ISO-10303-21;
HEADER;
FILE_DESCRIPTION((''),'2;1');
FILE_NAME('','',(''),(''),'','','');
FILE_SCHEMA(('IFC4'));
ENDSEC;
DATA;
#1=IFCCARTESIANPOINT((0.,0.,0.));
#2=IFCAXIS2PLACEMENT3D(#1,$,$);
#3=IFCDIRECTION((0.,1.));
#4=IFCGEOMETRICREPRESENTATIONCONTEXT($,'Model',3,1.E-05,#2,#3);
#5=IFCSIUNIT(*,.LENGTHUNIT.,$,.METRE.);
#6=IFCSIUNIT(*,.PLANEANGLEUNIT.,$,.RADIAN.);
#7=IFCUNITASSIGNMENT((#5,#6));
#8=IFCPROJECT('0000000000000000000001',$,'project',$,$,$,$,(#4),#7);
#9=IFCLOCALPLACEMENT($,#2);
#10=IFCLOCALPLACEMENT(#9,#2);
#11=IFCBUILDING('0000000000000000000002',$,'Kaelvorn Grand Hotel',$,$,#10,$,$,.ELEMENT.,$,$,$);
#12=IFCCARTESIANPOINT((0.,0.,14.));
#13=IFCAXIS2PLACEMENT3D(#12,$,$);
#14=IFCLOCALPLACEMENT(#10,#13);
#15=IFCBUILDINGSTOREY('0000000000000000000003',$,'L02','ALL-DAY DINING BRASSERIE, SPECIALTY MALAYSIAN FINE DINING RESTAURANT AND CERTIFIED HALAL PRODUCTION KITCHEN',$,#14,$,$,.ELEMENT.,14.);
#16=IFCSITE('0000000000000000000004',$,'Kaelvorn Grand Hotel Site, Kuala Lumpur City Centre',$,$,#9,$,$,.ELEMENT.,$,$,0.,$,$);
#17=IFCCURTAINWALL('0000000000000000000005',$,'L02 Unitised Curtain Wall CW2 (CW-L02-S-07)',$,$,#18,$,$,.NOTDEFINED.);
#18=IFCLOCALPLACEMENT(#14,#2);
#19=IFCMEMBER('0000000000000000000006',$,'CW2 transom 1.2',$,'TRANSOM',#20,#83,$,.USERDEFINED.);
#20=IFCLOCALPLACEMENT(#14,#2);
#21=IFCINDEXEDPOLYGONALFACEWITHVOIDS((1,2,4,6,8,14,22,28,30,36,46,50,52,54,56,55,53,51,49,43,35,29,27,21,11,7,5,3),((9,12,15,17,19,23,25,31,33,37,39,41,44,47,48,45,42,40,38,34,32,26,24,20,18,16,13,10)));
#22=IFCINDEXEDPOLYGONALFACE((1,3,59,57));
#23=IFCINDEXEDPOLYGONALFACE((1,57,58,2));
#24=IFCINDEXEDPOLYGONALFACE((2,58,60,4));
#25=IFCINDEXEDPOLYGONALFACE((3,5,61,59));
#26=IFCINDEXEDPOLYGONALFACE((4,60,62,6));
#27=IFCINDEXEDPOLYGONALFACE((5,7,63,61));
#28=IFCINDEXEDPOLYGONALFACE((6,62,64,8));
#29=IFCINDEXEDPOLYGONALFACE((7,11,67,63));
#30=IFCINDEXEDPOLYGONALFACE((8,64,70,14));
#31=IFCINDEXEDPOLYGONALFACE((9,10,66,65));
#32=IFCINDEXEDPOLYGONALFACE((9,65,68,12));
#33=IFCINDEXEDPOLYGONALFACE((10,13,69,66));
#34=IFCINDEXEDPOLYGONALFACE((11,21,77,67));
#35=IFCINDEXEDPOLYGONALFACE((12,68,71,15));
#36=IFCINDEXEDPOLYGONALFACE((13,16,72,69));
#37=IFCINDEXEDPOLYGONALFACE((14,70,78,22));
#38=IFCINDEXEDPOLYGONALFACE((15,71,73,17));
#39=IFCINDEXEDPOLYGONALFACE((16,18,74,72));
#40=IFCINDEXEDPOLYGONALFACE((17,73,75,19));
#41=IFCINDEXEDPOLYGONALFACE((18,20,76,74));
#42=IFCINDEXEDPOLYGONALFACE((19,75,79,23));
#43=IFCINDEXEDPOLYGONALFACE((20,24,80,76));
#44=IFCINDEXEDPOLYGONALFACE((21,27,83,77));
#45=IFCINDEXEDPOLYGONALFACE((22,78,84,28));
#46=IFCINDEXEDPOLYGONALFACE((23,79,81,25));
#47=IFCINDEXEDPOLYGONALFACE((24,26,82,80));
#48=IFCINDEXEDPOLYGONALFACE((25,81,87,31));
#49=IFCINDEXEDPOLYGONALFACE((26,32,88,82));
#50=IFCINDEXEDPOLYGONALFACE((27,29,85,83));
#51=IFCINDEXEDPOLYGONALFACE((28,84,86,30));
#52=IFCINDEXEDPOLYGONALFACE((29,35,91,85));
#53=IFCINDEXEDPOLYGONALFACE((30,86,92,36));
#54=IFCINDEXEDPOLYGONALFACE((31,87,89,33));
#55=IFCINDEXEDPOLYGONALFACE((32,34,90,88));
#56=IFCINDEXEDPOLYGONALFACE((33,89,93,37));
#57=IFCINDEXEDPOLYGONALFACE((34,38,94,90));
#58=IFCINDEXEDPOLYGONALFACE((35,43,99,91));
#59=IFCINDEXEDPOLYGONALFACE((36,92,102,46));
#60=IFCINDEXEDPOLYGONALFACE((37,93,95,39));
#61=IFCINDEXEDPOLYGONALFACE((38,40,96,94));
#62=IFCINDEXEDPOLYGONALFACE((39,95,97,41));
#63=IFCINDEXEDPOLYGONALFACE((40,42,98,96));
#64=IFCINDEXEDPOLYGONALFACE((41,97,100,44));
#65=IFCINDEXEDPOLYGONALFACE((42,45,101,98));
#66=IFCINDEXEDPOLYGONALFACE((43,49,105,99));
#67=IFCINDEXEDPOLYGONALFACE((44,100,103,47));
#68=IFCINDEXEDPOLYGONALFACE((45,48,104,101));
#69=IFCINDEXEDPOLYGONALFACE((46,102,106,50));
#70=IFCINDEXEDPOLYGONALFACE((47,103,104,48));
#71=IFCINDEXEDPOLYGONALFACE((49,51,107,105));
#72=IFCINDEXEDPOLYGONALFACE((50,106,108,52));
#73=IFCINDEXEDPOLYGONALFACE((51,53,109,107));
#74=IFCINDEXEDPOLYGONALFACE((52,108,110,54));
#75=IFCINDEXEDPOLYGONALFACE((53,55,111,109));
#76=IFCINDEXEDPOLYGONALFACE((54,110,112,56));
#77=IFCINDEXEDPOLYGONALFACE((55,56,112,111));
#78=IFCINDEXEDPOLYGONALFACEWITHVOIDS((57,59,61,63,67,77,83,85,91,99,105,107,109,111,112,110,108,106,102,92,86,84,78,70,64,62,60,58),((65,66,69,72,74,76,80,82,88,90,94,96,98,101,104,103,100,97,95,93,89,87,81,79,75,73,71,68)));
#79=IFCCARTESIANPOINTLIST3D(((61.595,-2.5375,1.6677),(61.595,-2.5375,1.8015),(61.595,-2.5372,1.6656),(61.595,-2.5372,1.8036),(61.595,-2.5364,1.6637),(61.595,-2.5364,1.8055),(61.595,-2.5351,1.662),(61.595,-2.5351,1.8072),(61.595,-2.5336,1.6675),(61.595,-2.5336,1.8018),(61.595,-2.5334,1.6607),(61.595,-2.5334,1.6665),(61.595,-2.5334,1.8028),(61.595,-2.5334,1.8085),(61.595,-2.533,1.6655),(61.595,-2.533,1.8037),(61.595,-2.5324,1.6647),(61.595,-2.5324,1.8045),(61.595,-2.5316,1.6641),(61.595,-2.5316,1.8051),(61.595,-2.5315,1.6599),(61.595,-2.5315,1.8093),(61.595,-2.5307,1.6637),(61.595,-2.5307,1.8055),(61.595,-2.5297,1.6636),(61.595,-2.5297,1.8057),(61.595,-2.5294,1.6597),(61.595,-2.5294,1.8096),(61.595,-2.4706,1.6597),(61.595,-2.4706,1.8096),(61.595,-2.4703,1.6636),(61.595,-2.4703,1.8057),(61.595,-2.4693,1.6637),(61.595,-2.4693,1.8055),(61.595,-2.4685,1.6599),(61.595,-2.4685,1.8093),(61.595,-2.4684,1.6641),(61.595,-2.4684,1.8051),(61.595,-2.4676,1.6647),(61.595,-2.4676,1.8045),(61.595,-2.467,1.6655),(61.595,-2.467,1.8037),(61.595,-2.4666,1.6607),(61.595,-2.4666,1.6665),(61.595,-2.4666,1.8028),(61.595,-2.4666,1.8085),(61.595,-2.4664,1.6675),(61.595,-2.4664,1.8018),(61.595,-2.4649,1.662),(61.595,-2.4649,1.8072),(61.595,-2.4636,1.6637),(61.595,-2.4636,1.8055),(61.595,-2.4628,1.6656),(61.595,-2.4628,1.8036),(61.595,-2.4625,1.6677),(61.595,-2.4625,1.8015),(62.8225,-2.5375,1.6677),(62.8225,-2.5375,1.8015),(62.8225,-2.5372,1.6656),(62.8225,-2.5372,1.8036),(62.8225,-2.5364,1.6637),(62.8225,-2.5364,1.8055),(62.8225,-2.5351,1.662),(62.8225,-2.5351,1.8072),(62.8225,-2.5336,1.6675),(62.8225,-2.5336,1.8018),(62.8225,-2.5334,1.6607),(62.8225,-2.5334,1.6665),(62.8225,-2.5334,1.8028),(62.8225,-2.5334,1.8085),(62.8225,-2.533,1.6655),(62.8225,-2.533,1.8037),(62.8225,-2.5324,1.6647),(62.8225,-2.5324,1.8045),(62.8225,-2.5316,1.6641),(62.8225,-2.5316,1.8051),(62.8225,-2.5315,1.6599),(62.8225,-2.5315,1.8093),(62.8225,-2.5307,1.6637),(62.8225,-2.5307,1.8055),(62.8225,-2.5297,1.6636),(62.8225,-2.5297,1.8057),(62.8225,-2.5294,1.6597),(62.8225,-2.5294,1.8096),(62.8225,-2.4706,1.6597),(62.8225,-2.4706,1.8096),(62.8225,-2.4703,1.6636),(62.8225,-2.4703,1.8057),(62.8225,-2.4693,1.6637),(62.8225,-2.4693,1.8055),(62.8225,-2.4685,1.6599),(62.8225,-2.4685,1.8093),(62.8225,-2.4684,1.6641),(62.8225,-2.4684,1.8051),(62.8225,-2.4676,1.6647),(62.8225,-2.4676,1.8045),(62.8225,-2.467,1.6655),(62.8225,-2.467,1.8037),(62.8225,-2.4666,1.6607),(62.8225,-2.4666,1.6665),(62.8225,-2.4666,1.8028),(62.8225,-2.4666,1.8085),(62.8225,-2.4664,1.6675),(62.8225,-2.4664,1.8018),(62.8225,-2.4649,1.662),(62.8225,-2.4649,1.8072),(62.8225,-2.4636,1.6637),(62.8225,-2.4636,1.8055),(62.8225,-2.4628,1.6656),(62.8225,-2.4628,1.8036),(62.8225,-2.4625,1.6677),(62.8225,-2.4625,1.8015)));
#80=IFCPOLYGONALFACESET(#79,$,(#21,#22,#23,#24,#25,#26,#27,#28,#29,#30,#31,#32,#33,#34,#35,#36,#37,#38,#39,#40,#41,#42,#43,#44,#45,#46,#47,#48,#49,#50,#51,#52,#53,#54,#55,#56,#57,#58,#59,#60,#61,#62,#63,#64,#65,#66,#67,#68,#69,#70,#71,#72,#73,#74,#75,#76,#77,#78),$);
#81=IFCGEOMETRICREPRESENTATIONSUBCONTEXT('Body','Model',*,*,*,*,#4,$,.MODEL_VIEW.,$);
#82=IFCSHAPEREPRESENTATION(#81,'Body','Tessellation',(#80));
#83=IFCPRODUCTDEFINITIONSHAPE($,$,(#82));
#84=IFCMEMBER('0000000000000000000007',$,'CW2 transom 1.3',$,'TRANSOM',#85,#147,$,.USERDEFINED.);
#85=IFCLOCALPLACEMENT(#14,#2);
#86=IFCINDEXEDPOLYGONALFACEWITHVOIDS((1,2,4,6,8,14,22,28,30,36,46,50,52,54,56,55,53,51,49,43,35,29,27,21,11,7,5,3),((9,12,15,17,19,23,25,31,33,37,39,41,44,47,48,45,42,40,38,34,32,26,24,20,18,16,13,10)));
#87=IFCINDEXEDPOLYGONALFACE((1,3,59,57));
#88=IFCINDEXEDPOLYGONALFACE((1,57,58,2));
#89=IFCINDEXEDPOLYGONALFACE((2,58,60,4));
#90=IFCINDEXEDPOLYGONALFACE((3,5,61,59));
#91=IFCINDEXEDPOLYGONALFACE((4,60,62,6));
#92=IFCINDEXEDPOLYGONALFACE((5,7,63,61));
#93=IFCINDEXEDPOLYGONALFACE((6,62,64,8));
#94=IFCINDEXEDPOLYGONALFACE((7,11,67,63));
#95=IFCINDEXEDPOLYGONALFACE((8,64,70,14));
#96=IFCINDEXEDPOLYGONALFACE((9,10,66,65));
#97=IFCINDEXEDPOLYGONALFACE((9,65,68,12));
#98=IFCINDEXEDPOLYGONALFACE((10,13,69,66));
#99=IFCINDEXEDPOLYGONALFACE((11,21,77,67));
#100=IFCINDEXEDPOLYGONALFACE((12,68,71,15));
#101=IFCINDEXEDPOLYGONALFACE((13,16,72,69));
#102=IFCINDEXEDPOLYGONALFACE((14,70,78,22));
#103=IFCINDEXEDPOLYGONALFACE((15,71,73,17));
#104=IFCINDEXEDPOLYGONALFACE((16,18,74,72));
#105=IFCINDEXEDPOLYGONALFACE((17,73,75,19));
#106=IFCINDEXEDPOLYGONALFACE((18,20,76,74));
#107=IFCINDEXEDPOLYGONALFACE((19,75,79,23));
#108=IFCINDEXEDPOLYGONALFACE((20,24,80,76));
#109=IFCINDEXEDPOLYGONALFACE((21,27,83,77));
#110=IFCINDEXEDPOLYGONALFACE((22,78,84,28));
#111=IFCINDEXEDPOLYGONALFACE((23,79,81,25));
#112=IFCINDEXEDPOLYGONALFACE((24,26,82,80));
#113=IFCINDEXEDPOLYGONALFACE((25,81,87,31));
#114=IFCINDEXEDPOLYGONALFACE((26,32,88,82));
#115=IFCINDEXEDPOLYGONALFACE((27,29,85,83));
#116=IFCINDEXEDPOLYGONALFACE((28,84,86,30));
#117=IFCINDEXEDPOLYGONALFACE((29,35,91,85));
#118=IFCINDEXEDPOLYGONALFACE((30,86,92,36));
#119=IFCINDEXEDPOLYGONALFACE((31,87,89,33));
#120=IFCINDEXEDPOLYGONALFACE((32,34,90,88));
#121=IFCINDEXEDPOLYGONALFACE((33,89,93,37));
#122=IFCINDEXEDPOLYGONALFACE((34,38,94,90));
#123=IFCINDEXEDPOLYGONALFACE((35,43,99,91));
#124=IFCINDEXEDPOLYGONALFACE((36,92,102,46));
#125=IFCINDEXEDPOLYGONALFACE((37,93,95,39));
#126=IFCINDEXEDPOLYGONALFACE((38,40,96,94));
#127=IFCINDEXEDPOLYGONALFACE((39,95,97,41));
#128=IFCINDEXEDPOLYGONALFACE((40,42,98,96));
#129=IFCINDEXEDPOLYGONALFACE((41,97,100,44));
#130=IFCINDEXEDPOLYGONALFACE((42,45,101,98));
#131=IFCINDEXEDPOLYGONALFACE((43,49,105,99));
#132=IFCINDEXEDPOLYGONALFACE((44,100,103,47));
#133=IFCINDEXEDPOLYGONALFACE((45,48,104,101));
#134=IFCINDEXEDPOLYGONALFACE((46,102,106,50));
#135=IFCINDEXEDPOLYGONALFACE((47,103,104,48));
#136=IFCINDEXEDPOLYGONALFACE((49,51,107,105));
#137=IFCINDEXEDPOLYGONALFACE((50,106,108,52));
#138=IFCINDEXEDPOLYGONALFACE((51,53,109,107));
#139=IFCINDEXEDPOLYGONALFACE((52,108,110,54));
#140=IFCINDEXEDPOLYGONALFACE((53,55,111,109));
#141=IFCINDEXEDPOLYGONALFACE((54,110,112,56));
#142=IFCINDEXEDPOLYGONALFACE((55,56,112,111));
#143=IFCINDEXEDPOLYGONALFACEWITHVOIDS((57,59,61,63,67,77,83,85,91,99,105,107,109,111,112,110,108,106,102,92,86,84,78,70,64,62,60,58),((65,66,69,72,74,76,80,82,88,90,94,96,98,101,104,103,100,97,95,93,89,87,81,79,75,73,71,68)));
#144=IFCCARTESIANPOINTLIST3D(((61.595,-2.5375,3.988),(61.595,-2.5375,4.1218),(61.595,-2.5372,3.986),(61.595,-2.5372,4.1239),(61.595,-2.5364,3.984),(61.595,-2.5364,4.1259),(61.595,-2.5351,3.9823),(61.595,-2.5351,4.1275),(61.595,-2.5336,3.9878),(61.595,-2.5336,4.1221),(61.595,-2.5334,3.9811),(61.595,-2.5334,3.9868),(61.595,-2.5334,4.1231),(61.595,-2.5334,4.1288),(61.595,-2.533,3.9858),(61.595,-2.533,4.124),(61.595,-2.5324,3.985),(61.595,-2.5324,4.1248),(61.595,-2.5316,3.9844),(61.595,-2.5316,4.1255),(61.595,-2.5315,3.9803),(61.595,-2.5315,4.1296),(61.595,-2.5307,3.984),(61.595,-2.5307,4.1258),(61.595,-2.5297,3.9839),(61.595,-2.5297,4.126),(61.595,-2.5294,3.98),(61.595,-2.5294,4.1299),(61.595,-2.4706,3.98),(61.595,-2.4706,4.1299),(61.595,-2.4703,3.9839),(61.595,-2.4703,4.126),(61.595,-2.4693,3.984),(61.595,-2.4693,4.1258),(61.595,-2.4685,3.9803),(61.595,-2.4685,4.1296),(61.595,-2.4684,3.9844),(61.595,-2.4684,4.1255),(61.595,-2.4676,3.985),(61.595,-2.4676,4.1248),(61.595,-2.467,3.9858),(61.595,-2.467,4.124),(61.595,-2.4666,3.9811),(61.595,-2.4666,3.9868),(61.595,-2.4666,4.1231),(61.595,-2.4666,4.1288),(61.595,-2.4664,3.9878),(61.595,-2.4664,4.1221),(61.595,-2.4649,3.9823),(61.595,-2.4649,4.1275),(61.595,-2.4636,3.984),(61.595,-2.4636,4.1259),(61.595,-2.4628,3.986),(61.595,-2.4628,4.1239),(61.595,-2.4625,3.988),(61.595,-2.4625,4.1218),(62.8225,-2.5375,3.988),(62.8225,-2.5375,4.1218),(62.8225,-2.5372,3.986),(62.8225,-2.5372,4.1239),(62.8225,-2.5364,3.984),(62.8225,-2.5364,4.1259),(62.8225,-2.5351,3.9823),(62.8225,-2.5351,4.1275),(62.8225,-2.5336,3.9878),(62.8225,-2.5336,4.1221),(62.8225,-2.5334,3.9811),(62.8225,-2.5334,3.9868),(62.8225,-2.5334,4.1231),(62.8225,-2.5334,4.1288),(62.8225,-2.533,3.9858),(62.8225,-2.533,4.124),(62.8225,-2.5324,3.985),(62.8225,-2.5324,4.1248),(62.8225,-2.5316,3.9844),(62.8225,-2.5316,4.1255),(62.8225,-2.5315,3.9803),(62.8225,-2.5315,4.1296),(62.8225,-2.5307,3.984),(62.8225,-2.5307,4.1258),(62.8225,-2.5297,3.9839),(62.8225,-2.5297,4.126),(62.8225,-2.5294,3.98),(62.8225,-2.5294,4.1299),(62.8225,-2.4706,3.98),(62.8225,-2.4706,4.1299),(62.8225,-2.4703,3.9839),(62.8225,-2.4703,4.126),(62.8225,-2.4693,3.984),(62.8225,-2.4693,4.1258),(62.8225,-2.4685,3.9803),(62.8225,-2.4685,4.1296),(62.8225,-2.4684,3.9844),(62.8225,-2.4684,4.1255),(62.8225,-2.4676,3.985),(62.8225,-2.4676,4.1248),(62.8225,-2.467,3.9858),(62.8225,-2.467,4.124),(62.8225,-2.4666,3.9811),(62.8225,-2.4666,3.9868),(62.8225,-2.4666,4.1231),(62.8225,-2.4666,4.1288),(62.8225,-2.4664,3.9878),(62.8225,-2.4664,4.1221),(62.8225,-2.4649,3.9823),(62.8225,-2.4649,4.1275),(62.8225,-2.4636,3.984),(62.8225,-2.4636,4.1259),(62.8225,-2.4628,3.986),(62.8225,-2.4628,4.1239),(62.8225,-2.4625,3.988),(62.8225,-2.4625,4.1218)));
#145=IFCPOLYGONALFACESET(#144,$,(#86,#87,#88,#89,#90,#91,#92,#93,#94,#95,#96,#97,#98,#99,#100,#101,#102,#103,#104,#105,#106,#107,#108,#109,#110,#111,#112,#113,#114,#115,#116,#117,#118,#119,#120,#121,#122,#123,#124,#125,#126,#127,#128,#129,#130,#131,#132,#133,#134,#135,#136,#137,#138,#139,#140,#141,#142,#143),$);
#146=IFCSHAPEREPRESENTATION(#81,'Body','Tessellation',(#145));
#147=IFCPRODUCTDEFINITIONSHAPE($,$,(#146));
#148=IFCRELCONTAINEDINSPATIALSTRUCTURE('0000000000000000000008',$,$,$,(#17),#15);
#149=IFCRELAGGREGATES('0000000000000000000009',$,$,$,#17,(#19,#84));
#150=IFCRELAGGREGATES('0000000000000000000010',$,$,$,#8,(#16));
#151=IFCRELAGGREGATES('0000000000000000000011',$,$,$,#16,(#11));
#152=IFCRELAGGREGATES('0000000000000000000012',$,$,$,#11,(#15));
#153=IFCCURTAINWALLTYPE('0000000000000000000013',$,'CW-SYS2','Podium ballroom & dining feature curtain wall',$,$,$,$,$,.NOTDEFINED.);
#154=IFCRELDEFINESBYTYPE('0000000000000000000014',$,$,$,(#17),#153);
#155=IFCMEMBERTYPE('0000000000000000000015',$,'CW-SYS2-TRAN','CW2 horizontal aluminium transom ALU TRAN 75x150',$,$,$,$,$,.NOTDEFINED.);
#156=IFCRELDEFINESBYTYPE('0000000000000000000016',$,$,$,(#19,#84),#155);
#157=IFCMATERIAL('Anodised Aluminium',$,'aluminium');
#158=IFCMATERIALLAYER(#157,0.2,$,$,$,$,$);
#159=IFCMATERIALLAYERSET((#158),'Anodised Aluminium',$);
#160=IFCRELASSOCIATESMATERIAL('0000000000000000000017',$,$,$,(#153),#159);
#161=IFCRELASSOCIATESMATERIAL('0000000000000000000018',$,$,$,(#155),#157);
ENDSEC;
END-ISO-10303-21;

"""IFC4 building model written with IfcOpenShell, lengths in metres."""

from ifc_helpers import new_model, si_unit, direction, frame, origin, origin_2d, place, context, subcontext, project, spatial, hollow_rectangle, extrude, material, layer, layer_set, material_profile, profile_set, type_object, element, aggregate, save


model = new_model("IFC4")

# Units and contexts
model_context = context("Model", 3, precision=1e-05, world=origin(), true_north=direction((0.0, 1.0)))
body_context = subcontext(model_context, "Body", "Model", "MODEL_VIEW")
ifc_project = project(units=[si_unit("LENGTHUNIT", "METRE"), si_unit("PLANEANGLEUNIT", "RADIAN")], contexts=[model_context])

# Site, building, storey
site_placement = place(None, origin())
site = spatial("IfcSite", under=ifc_project, at=site_placement, Name="Kaelvorn Grand Hotel Site, Kuala Lumpur City Centre", CompositionType="ELEMENT", RefElevation=0.0)
building_placement = place(site_placement, origin())
building = spatial("IfcBuilding", under=site, at=building_placement, Name="Kaelvorn Grand Hotel", CompositionType="ELEMENT")
storey_placement = place(building_placement, frame((0.0, 0.0, 14.0)))
storey = spatial("IfcBuildingStorey", under=building, at=storey_placement, Name="L02", Description="ALL-DAY DINING BRASSERIE, SPECIALTY MALAYSIAN FINE DINING RESTAURANT AND CERTIFIED HALAL PRODUCTION KITCHEN", CompositionType="ELEMENT", Elevation=14.0)

# Curtain wall
ifc_material_1 = material(Name="Anodised Aluminium", Category="aluminium")
ifc_layer_1 = layer(ifc_material_1, 0.2)
ifc_layer_set_1 = layer_set([ifc_layer_1], Name="Anodised Aluminium")
curtain_wall_type = type_object("IfcCurtainWallType", Name="CW-SYS2", Description="Podium ballroom & dining feature curtain wall", PredefinedType="NOTDEFINED", material=ifc_layer_set_1)
curtain_wall_1_placement = place(storey_placement, origin())
curtain_wall_1 = element("IfcCurtainWall", 1, at=curtain_wall_1_placement, inside=storey, type_object=curtain_wall_type, Name="L02 Unitised Curtain Wall CW2 (CW-L02-S-07)", PredefinedType="NOTDEFINED")

# Members
ifc_material_profile_1 = material_profile(ifc_material_1, hollow_rectangle(XDim=0.075, YDim=0.1499, WallThickness=0.0039, InnerFilletRadius=0.0039, OuterFilletRadius=0.0081, at=origin_2d()), Name="ALU TRAN 75x150")
ifc_profile_set_1 = profile_set([ifc_material_profile_1], Name="Anodised Aluminium")
member_type_1 = type_object("IfcMemberType", Name="CW-SYS2-TRAN", Description="CW2 horizontal aluminium transom ALU TRAN 75x150", PredefinedType="NOTDEFINED", material=ifc_profile_set_1)
member_1_placement = place(storey_placement, frame((61.595, -2.5, 1.7346), z_axis=(1.0, 0.0, 0.0), x_axis=(0.0, 1.0, 0.0)))
member_1 = element("IfcMember", 2, at=member_1_placement, type_object=member_type_1, Name="CW2 transom 1.2", ObjectType="TRANSOM", PredefinedType="USERDEFINED", context=body_context, shape_type="SweptSolid", body=[
    extrude(hollow_rectangle(XDim=0.075, YDim=0.1499, WallThickness=0.0039, InnerFilletRadius=0.0039, OuterFilletRadius=0.0081, at=origin_2d()), origin(), (0.0, 0.0, 1.0), 1.2275),
])
member_2_placement = place(storey_placement, frame((61.595, -2.5, 4.0549), z_axis=(1.0, 0.0, 0.0), x_axis=(0.0, 1.0, 0.0)))
member_2 = element("IfcMember", 3, at=member_2_placement, type_object=member_type_1, Name="CW2 transom 1.3", ObjectType="TRANSOM", PredefinedType="USERDEFINED", context=body_context, shape_type="SweptSolid", body=[
    extrude(hollow_rectangle(XDim=0.075, YDim=0.1499, WallThickness=0.0039, InnerFilletRadius=0.0039, OuterFilletRadius=0.0081, at=origin_2d()), origin(), (0.0, 0.0, 1.0), 1.2275),
])

aggregate(curtain_wall_1, [member_1, member_2])

save(model, "model.ifc")
